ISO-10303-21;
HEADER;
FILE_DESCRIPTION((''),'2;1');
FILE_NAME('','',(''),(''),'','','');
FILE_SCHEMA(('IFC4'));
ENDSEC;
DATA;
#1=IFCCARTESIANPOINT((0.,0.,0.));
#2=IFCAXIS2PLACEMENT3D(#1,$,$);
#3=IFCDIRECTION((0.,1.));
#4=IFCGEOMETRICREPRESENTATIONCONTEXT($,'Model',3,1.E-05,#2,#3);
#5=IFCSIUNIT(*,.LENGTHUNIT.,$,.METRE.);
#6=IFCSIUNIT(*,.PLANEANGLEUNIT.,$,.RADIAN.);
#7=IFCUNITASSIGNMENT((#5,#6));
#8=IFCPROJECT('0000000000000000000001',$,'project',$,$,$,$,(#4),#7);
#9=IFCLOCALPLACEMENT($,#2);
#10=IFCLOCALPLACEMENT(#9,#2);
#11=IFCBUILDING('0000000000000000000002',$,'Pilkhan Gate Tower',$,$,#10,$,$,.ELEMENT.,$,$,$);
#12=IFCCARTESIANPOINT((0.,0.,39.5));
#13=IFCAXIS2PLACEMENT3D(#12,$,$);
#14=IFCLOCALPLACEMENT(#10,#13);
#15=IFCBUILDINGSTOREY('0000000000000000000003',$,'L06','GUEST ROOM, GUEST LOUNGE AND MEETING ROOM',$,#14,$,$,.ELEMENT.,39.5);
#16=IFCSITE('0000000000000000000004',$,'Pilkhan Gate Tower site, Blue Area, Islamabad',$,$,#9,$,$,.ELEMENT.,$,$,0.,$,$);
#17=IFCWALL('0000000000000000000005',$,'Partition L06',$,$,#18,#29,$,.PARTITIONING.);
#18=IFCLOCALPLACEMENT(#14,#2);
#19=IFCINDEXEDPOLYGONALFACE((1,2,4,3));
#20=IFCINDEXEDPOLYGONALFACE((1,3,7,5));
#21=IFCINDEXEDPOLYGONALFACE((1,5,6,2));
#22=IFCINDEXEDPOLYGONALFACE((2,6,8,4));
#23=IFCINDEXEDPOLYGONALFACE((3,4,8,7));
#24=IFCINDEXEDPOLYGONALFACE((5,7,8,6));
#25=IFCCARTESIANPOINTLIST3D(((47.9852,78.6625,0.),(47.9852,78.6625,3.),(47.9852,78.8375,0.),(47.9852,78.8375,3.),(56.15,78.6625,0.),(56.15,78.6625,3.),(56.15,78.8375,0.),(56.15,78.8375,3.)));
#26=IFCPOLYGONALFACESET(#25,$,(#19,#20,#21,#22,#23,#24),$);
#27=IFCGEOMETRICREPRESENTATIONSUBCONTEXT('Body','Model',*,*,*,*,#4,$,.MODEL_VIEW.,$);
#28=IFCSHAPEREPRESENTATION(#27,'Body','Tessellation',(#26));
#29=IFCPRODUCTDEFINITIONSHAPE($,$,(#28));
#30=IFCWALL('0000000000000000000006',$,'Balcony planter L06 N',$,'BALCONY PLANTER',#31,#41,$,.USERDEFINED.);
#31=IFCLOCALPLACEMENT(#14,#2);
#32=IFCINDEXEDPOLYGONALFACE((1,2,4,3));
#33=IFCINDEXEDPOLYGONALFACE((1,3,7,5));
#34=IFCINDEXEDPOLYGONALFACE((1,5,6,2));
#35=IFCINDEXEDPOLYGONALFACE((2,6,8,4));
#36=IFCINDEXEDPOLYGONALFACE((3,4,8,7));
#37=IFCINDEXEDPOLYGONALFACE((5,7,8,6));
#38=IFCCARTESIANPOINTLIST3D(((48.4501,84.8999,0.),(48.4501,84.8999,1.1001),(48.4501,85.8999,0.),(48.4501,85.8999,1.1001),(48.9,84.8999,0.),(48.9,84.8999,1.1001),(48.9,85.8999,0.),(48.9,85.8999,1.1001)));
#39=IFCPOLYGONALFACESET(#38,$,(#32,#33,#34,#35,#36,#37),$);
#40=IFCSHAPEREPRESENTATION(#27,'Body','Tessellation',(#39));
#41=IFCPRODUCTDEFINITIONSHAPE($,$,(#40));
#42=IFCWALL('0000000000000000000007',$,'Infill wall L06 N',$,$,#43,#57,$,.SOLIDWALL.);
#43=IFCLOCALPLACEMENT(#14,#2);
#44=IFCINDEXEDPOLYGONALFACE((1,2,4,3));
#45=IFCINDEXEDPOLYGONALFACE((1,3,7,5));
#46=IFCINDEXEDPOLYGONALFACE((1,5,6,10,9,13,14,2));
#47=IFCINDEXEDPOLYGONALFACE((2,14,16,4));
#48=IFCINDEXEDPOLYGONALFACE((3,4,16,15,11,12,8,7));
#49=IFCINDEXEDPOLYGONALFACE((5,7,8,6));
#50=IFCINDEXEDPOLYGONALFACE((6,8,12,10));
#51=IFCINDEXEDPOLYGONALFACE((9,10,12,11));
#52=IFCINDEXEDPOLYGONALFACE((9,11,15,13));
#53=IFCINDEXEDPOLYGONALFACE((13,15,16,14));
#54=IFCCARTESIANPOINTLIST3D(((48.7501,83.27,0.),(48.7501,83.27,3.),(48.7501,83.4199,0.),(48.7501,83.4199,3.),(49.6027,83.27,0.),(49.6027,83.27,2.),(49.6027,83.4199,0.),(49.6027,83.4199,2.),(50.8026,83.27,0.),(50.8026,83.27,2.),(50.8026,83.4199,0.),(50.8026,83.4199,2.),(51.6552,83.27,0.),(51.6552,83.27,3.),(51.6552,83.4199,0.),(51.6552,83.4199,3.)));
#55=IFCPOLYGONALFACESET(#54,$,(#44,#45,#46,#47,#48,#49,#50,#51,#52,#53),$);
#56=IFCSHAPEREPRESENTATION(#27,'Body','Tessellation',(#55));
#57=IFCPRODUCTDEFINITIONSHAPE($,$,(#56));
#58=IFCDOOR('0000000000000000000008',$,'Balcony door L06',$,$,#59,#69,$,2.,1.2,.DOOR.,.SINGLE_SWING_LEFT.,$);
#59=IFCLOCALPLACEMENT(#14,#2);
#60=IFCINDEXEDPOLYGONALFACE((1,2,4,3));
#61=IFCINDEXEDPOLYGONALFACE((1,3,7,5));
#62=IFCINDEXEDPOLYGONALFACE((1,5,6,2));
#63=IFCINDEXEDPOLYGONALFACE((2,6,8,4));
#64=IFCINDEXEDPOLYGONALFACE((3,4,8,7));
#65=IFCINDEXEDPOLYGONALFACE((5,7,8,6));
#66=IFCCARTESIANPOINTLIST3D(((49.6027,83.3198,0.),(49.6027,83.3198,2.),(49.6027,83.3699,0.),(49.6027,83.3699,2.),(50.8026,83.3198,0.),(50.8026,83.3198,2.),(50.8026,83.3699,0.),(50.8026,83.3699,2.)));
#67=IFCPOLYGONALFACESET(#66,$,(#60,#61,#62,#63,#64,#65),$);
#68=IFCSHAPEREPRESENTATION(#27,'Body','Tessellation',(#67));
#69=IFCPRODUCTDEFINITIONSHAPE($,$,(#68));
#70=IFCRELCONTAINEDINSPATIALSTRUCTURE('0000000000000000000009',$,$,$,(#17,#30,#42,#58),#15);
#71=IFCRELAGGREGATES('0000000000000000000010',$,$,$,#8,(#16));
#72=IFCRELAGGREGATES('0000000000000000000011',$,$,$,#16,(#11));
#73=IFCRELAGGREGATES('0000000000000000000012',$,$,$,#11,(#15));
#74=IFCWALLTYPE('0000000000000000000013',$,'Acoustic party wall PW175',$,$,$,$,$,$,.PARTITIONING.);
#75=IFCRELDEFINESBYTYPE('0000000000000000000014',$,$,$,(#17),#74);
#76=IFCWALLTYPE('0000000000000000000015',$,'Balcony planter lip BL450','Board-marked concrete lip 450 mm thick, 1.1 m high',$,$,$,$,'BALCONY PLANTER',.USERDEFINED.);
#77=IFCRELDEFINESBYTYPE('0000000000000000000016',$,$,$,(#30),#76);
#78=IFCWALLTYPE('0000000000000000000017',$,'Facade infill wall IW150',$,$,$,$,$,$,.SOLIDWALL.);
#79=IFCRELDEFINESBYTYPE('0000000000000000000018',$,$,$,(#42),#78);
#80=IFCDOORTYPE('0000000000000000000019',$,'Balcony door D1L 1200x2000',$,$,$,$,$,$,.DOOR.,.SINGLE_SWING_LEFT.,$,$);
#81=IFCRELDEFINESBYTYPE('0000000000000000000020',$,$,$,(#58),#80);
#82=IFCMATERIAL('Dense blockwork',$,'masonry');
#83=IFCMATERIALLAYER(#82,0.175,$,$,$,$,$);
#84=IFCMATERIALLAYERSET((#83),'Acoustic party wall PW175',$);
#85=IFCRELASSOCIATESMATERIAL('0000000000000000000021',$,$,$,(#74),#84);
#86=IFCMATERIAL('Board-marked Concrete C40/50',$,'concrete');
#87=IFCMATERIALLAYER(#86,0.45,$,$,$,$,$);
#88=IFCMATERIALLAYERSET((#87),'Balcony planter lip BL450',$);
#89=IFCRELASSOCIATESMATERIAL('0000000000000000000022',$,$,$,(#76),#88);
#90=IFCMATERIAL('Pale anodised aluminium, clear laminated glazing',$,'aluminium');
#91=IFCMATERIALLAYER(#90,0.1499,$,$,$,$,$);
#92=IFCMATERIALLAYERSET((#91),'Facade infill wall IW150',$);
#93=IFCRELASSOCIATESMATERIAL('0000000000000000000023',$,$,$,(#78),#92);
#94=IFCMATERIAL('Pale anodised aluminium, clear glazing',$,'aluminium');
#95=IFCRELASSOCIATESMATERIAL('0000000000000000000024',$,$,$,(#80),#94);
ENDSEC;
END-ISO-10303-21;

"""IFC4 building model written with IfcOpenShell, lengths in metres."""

from ifc_helpers import new_model, si_unit, direction, frame, frame_2d, origin, place, context, subcontext, project, spatial, rectangle, extrude, material, layer, layer_set, type_object, element, fill, save


model = new_model("IFC4")

# Units and contexts
model_context = context("Model", 3, precision=1e-05, world=origin(), true_north=direction((0.0, 1.0)))
body_context = subcontext(model_context, "Body", "Model", "MODEL_VIEW")
ifc_project = project(units=[si_unit("LENGTHUNIT", "METRE"), si_unit("PLANEANGLEUNIT", "RADIAN")], contexts=[model_context])

# Site, building, storey
site_placement = place(None, origin())
site = spatial("IfcSite", under=ifc_project, at=site_placement, Name="Pilkhan Gate Tower site, Blue Area, Islamabad", CompositionType="ELEMENT", RefElevation=0.0)
building_placement = place(site_placement, origin())
building = spatial("IfcBuilding", under=site, at=building_placement, Name="Pilkhan Gate Tower", CompositionType="ELEMENT")
storey_placement = place(building_placement, frame((0.0, 0.0, 39.5)))
storey = spatial("IfcBuildingStorey", under=building, at=storey_placement, Name="L06", Description="GUEST ROOM, GUEST LOUNGE AND MEETING ROOM", CompositionType="ELEMENT", Elevation=39.5)

# Walls
ifc_material_1 = material(Name="Dense blockwork", Category="masonry")
ifc_layer_1 = layer(ifc_material_1, 0.175)
ifc_layer_set_1 = layer_set([ifc_layer_1], Name="Acoustic party wall PW175")
wall_type_1 = type_object("IfcWallType", Name="Acoustic party wall PW175", PredefinedType="PARTITIONING", material=ifc_layer_set_1)
wall_1_placement = place(storey_placement, frame((47.9851, 78.75, 0.0), z_axis=(0.0, 0.0, 1.0), x_axis=(1.0, 0.0, 0.0)))
element("IfcWall", 1, at=wall_1_placement, inside=storey, type_object=wall_type_1, Name="Partition L06", PredefinedType="PARTITIONING", context=body_context, shape_type="SweptSolid", body=[
    extrude(rectangle(XDim=8.1648, YDim=0.175, at=frame_2d((4.0825, 0.0))), origin(), (0.0, 0.0, 1.0), 3.0),
])
ifc_material_2 = material(Name="Board-marked Concrete C40/50", Category="concrete")
ifc_layer_2 = layer(ifc_material_2, 0.45)
ifc_layer_set_2 = layer_set([ifc_layer_2], Name="Balcony planter lip BL450")
wall_type_2 = type_object("IfcWallType", Name="Balcony planter lip BL450", Description="Board-marked concrete lip 450 mm thick, 1.1 m high", ElementType="BALCONY PLANTER", PredefinedType="USERDEFINED", material=ifc_layer_set_2)
wall_2_placement = place(storey_placement, frame((48.675, 84.8999, 0.0), z_axis=(0.0, 0.0, 1.0), x_axis=(0.0, 1.0, 0.0)))
element("IfcWall", 2, at=wall_2_placement, inside=storey, type_object=wall_type_2, Name="Balcony planter L06 N", ObjectType="BALCONY PLANTER", PredefinedType="USERDEFINED", context=body_context, shape_type="SweptSolid", body=[
    extrude(rectangle(XDim=1.0, YDim=0.45, at=frame_2d((0.5, 0.0))), origin(), (0.0, 0.0, 1.0), 1.1001),
])

# Wall, opening, door
ifc_material_3 = material(Name="Pale anodised aluminium, clear laminated glazing", Category="aluminium")
ifc_layer_3 = layer(ifc_material_3, 0.1499)
ifc_layer_set_3 = layer_set([ifc_layer_3], Name="Facade infill wall IW150")
wall_type_3 = type_object("IfcWallType", Name="Facade infill wall IW150", PredefinedType="SOLIDWALL", material=ifc_layer_set_3)
wall_3_placement = place(storey_placement, frame((48.75, 83.345, 0.0), z_axis=(0.0, 0.0, 1.0), x_axis=(1.0, 0.0, 0.0)))
wall_3 = element("IfcWall", 3, at=wall_3_placement, inside=storey, type_object=wall_type_3, Name="Infill wall L06 N", PredefinedType="SOLIDWALL", context=body_context, shape_type="SweptSolid", body=[
    extrude(rectangle(XDim=2.905, YDim=0.1499, at=frame_2d((1.4526, 0.0))), origin(), (0.0, 0.0, 1.0), 3.0),
])
opening_placement = place(wall_3_placement, frame((0.8525, 0.0, 0.0)))
opening = element("IfcOpeningElement", 4, at=opening_placement, cuts=wall_3, PredefinedType="OPENING", context=body_context, shape_type="SweptSolid", body=[
    extrude(rectangle(XDim=1.2, YDim=2.0, at=frame_2d((0.6001, 1.0))), frame((0.0, 0.085, 0.0), z_axis=(0.0, -1.0, 0.0), x_axis=(1.0, 0.0, 0.0)), (0.0, 0.0, 1.0), 0.1699),
])
ifc_material_4 = material(Name="Pale anodised aluminium, clear glazing", Category="aluminium")
door_type = type_object("IfcDoorType", Name="Balcony door D1L 1200x2000", OperationType="SINGLE_SWING_LEFT", PredefinedType="DOOR", material=ifc_material_4)
door_placement = place(opening_placement, origin())
door = element("IfcDoor", 5, at=door_placement, inside=storey, type_object=door_type, Name="Balcony door L06", OperationType="SINGLE_SWING_LEFT", OverallHeight=2.0, OverallWidth=1.2, PredefinedType="DOOR", context=body_context, shape_type="SweptSolid", body=[
    extrude(rectangle(XDim=1.2, YDim=2.0, at=frame_2d((0.6001, 1.0))), frame((0.0, 0.0249, 0.0), z_axis=(0.0, -1.0, 0.0), x_axis=(1.0, 0.0, 0.0)), (0.0, 0.0, 1.0), 0.05),
])
fill(opening, door)

save(model, "model.ifc")
